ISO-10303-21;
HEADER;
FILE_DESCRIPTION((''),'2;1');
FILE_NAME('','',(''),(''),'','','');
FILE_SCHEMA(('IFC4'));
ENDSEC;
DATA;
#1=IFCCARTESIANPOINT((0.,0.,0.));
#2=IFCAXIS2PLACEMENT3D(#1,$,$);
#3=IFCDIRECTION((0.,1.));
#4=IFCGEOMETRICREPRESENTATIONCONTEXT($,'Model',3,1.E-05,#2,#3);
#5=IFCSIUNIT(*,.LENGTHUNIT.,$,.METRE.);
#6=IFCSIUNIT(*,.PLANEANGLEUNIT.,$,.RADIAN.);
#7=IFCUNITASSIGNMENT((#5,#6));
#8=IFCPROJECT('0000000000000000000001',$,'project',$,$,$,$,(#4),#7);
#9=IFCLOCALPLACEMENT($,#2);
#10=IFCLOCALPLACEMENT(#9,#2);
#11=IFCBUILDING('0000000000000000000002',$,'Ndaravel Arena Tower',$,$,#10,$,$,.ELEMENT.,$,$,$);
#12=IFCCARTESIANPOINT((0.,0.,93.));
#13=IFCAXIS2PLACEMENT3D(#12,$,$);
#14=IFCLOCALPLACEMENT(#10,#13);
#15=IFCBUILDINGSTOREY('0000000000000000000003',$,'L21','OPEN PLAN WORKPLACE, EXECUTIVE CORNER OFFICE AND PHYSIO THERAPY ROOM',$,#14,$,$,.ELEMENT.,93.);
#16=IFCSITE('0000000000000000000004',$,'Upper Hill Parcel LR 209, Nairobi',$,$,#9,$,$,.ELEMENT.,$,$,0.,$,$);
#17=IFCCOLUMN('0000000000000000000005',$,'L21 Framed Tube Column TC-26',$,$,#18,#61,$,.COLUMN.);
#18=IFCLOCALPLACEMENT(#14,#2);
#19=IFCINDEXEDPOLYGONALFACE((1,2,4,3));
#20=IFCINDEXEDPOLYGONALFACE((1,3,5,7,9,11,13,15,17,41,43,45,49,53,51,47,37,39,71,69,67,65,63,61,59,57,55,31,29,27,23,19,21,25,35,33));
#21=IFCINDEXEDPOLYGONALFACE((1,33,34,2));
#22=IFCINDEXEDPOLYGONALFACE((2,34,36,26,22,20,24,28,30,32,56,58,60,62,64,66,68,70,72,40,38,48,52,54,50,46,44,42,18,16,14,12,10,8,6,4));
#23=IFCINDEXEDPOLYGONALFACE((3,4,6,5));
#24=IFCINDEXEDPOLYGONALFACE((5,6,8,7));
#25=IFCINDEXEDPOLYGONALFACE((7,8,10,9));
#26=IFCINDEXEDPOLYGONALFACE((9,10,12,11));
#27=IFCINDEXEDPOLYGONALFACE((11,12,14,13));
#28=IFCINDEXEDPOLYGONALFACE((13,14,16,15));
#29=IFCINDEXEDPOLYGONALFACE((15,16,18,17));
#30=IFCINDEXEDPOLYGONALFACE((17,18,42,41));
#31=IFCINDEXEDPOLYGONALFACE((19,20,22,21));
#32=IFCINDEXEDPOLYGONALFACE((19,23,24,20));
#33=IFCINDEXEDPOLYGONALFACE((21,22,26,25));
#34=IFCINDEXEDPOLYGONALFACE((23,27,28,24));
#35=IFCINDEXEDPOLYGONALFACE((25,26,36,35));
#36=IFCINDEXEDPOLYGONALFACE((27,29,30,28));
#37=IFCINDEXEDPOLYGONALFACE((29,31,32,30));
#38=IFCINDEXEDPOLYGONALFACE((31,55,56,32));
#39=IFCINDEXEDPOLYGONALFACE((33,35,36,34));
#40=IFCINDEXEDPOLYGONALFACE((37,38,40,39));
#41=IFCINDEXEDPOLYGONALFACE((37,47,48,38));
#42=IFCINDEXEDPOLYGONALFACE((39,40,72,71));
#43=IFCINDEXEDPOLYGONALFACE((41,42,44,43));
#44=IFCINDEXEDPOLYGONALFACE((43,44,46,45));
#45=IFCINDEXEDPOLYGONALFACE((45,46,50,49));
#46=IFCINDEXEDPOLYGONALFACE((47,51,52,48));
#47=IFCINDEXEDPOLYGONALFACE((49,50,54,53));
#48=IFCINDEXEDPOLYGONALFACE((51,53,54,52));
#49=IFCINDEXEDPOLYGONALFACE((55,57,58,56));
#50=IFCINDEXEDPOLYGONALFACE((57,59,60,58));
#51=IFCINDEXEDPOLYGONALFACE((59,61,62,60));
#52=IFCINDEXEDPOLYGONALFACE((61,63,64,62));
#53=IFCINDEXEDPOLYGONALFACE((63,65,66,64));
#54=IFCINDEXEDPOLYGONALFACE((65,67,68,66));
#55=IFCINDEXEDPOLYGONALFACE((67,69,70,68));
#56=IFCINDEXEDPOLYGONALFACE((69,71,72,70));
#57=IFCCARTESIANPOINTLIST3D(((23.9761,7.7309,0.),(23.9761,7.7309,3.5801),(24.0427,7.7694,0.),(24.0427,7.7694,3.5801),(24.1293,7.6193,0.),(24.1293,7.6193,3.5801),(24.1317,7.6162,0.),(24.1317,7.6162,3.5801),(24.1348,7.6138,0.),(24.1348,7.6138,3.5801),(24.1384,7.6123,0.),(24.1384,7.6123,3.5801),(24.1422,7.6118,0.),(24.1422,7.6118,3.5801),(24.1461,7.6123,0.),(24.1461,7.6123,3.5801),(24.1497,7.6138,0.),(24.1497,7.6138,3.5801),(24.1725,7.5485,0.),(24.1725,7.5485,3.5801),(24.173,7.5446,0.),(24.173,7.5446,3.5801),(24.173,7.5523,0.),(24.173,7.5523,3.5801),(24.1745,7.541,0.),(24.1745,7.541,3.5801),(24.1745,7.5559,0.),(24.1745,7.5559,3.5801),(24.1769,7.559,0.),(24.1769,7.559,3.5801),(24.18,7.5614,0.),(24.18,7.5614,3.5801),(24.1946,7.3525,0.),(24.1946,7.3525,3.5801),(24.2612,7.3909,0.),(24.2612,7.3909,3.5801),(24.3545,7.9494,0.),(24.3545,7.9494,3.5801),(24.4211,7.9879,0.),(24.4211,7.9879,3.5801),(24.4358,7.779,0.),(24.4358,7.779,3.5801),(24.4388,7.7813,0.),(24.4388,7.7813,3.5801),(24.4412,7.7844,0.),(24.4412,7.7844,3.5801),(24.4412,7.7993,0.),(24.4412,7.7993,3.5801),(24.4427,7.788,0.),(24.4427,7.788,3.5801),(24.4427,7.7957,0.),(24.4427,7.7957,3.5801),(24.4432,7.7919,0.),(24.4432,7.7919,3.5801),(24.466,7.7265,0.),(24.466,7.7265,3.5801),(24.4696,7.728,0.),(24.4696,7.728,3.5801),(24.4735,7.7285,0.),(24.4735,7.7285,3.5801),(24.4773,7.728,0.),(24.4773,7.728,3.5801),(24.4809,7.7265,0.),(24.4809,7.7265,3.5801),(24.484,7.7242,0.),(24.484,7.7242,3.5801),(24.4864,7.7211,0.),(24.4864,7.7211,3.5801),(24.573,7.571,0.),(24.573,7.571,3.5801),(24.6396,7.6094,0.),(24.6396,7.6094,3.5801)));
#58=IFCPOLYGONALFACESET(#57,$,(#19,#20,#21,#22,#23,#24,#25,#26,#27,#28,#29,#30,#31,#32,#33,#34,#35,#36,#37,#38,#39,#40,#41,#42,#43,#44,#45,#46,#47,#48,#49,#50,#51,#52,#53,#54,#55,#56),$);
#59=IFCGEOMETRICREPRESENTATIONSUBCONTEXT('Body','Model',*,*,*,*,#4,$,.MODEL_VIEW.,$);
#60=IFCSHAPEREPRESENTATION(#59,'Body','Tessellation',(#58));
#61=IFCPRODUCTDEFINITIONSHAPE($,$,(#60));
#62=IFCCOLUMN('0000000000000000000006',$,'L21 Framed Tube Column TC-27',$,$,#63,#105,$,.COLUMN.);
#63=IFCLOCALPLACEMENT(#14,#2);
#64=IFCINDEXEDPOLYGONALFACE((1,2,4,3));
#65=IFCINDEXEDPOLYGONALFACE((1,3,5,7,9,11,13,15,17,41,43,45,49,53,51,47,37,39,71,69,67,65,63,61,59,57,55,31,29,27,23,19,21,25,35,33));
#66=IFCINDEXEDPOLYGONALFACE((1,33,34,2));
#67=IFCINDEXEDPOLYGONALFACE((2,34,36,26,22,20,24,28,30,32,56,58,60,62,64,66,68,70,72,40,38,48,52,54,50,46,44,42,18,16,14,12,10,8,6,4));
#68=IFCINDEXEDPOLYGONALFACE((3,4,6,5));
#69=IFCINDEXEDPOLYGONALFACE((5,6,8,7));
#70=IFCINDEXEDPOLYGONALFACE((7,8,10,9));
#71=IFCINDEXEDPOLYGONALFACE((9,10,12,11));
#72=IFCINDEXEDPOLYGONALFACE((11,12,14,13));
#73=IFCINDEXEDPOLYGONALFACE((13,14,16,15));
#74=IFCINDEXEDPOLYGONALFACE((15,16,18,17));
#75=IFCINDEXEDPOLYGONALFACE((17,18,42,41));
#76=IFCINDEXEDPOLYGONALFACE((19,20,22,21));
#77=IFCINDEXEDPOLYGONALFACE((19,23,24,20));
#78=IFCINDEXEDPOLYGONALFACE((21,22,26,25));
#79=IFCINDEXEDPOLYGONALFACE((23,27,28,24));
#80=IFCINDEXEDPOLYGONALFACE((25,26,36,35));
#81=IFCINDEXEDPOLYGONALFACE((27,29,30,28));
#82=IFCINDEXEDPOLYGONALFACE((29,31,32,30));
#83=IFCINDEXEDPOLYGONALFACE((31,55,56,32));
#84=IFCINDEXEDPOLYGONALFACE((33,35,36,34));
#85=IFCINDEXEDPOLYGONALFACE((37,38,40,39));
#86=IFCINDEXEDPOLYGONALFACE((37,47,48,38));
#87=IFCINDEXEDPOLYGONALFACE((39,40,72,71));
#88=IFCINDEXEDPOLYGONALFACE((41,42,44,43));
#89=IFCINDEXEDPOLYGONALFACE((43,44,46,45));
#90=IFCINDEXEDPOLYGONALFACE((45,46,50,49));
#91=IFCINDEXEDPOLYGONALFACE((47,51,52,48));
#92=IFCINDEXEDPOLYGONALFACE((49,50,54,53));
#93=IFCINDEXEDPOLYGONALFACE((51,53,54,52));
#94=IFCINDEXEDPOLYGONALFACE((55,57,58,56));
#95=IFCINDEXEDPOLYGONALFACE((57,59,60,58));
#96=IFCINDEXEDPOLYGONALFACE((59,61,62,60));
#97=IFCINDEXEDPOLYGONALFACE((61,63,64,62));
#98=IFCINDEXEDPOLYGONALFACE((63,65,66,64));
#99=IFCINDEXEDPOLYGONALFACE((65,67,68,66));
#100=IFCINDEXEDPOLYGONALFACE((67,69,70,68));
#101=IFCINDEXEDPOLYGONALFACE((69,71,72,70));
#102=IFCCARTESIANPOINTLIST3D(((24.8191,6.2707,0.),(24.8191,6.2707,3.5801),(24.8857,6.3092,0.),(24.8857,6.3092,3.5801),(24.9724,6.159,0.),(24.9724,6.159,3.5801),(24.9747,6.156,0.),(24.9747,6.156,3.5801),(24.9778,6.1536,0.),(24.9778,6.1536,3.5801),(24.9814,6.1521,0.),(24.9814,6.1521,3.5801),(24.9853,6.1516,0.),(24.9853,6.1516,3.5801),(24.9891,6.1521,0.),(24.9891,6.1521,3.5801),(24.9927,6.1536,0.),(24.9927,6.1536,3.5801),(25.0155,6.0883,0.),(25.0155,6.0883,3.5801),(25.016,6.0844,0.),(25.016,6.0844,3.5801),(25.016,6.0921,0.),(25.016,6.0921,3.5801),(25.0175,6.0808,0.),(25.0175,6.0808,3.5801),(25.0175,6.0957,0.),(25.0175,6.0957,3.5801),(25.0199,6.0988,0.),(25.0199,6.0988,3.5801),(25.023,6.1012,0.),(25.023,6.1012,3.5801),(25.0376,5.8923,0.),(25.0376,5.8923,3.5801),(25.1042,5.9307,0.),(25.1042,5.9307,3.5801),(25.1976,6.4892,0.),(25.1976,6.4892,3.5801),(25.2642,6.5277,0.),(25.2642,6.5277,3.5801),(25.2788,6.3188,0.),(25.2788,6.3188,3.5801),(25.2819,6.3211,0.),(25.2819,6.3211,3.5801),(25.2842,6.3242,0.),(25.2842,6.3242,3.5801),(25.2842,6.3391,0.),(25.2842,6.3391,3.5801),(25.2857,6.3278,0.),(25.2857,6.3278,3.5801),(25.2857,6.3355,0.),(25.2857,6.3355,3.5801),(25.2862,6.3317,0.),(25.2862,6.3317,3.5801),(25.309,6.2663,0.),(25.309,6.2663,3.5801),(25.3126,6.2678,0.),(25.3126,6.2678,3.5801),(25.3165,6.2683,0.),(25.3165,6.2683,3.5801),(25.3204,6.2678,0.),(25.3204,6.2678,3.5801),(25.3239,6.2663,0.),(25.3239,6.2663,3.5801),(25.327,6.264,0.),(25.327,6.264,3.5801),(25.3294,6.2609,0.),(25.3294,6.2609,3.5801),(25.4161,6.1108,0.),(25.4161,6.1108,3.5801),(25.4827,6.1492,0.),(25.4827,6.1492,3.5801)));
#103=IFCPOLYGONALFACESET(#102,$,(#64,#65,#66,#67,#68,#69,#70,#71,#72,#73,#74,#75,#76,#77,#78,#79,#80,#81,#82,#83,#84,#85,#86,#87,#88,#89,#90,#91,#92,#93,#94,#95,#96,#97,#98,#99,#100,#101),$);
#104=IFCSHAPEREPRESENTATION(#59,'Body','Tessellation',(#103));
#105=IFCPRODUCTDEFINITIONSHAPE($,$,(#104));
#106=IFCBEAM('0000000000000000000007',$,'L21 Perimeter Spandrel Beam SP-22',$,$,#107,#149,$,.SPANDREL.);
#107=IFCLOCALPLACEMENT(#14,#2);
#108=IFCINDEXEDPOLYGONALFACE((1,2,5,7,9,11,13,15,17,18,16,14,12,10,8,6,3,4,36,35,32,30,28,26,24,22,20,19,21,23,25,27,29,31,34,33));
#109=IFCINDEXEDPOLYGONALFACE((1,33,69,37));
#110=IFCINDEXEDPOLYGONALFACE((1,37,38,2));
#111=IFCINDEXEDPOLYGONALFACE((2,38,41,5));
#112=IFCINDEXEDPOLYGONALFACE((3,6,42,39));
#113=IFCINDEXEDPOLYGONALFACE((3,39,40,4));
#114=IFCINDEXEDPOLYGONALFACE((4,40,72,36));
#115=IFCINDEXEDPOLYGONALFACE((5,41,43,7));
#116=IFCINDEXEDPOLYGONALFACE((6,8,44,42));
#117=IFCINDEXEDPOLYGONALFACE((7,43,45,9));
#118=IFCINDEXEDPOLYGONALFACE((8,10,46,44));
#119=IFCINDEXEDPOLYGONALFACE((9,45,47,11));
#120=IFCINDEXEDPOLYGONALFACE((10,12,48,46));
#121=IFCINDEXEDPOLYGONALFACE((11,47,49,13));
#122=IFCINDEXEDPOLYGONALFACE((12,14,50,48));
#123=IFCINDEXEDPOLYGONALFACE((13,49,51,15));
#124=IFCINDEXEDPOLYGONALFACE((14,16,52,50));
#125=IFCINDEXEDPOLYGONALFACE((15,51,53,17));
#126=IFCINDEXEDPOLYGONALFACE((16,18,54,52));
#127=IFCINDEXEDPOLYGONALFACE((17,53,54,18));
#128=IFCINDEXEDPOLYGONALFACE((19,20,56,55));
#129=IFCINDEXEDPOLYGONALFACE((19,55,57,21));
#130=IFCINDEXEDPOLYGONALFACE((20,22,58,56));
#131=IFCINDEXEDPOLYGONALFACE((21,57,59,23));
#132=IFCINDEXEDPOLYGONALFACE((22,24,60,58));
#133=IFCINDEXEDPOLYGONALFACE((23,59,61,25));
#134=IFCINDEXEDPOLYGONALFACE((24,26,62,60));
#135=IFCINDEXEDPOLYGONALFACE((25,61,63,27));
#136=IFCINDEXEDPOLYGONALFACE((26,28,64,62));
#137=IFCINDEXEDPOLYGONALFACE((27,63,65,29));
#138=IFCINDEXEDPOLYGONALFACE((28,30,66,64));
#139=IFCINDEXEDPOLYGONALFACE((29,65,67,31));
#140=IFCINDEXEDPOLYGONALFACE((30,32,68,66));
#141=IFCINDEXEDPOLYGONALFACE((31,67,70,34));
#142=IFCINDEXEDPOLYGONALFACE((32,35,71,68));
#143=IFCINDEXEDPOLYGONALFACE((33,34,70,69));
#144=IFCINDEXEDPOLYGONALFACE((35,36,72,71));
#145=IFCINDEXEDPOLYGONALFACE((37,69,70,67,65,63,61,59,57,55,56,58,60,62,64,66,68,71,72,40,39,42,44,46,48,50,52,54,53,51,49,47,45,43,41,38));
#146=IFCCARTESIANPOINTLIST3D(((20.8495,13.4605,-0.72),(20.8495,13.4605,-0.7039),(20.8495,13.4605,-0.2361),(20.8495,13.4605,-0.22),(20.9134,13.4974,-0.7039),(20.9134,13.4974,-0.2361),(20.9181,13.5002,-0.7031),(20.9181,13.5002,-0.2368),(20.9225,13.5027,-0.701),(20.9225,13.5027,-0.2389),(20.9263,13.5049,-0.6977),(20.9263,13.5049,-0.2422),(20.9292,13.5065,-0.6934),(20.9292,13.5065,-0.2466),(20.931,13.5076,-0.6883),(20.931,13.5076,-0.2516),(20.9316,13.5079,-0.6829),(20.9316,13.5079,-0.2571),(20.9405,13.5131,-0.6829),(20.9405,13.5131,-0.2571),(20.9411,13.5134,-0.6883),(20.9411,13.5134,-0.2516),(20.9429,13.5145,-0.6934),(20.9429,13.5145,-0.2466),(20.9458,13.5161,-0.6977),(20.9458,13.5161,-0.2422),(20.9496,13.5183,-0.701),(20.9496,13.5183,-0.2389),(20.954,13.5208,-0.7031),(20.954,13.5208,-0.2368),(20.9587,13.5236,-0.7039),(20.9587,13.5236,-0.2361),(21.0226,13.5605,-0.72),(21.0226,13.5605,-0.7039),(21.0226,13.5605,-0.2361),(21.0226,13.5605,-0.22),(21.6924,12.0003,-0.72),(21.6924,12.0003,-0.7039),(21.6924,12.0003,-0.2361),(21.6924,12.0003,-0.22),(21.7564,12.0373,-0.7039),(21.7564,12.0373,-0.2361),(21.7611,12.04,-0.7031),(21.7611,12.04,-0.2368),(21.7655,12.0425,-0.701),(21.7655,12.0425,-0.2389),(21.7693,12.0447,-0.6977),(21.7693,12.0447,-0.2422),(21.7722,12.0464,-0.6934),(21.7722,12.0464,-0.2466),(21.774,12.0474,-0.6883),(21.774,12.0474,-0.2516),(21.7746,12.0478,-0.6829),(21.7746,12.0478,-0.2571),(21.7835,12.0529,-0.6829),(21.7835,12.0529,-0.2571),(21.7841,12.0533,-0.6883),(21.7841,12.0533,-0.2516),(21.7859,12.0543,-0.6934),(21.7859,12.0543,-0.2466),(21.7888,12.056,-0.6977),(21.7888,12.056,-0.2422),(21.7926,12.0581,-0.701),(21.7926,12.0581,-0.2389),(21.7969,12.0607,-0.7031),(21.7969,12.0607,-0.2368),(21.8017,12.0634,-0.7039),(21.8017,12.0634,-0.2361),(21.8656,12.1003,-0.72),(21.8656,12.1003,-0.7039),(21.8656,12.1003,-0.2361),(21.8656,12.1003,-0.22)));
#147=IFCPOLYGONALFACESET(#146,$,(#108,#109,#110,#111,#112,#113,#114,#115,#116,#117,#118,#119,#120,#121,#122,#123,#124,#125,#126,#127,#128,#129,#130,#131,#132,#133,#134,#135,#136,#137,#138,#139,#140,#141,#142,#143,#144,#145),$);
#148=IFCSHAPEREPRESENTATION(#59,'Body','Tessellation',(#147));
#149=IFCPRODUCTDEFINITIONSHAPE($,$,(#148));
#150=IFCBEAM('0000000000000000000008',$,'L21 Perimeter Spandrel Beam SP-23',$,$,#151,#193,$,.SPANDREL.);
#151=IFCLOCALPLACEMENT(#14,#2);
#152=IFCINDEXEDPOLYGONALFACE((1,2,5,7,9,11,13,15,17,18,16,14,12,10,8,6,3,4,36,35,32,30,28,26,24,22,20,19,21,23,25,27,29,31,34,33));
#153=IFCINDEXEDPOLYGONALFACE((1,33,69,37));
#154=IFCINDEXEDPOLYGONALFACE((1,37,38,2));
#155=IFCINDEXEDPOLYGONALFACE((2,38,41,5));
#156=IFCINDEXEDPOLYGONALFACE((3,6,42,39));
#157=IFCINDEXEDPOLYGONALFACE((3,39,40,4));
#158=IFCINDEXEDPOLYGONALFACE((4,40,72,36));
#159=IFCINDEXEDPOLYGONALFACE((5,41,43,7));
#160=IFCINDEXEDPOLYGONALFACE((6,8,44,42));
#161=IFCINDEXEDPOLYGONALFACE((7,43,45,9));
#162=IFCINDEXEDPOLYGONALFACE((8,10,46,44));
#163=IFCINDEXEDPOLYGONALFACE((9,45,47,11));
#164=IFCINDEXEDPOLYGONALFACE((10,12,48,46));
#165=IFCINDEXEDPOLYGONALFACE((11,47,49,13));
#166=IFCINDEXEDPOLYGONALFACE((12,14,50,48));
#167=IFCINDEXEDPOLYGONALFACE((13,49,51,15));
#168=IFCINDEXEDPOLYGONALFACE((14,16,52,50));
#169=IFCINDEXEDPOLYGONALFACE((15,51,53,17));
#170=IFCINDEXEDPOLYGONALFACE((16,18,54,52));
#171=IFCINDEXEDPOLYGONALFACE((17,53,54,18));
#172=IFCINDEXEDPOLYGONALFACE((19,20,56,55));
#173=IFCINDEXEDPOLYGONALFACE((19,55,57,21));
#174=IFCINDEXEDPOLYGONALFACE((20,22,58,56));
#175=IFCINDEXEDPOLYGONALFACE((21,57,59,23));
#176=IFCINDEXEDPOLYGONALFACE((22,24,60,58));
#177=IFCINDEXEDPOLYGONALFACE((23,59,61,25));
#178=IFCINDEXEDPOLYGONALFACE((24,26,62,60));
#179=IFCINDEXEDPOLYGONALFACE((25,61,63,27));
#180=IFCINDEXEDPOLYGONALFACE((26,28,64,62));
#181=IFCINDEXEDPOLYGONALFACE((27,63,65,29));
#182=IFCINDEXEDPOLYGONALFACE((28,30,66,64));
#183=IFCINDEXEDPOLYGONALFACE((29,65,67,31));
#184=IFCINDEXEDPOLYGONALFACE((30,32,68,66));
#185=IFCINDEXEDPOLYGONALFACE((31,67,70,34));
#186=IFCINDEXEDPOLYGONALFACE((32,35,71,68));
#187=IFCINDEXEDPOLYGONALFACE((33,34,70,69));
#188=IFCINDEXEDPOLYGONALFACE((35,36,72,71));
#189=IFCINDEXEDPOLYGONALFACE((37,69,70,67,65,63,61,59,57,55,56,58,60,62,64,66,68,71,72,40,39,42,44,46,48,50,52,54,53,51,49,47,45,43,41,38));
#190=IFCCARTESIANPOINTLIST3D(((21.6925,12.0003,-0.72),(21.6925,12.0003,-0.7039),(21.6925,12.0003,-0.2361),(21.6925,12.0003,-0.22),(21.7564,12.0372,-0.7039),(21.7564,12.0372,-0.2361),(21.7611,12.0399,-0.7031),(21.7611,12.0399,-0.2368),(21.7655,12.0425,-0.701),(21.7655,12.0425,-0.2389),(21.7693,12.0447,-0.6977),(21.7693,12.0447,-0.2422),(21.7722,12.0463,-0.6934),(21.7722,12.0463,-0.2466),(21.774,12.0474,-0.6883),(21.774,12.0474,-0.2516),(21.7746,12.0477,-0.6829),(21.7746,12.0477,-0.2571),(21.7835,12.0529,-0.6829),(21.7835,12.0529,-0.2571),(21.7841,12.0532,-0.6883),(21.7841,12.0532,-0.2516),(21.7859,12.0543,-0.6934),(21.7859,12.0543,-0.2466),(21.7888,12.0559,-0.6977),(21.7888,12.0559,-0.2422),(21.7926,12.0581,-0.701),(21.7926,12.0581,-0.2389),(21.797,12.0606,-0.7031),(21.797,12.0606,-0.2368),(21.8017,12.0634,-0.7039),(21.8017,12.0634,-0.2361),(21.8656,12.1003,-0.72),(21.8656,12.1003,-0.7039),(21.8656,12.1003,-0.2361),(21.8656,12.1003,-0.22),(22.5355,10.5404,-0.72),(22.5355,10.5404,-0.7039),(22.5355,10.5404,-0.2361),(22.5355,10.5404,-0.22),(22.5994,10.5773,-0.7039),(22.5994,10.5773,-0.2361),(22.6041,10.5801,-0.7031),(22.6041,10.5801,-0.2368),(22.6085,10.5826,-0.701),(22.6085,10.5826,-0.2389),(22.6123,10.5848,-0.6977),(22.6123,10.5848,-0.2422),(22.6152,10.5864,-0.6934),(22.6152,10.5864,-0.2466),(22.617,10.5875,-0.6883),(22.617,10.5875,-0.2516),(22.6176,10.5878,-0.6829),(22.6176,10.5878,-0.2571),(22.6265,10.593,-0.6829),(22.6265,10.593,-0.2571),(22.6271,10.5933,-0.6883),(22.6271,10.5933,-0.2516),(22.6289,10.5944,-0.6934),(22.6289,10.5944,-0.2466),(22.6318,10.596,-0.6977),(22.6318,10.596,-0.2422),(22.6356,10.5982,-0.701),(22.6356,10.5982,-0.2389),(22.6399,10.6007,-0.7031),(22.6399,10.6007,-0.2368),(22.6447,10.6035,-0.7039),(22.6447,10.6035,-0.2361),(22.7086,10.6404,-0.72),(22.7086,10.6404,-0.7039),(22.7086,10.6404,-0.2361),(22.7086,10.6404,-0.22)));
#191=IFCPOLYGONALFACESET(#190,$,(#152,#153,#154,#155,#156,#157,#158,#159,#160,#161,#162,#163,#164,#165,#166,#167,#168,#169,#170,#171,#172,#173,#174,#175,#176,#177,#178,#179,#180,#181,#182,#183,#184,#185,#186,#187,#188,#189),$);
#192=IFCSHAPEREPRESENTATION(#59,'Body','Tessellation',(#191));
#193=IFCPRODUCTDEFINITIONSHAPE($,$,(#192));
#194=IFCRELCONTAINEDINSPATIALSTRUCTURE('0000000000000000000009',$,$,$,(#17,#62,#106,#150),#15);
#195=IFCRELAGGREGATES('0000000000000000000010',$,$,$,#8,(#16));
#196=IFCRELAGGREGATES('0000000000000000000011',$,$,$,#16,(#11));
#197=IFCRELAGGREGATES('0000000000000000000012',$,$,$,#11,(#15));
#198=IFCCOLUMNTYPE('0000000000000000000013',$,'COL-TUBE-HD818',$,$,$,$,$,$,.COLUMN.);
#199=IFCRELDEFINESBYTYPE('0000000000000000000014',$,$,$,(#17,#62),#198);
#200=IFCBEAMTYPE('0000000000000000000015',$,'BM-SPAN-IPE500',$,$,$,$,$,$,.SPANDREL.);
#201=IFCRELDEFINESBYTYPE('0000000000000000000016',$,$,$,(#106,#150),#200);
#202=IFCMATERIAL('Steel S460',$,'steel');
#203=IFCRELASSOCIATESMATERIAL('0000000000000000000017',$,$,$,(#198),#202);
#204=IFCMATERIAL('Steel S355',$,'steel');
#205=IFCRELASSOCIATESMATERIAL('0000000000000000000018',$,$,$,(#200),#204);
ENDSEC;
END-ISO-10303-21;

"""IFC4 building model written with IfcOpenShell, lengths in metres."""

from ifc_helpers import new_model, si_unit, direction, frame, origin, origin_2d, place, context, subcontext, project, spatial, i_section, extrude, material, material_profile, profile_set, type_object, element, save


model = new_model("IFC4")

# Units and contexts
model_context = context("Model", 3, precision=1e-05, world=origin(), true_north=direction((0.0, 1.0)))
body_context = subcontext(model_context, "Body", "Model", "MODEL_VIEW")
ifc_project = project(units=[si_unit("LENGTHUNIT", "METRE"), si_unit("PLANEANGLEUNIT", "RADIAN")], contexts=[model_context])

# Site, building, storey
site_placement = place(None, origin())
site = spatial("IfcSite", under=ifc_project, at=site_placement, Name="Upper Hill Parcel LR 209, Nairobi", CompositionType="ELEMENT", RefElevation=0.0)
building_placement = place(site_placement, origin())
building = spatial("IfcBuilding", under=site, at=building_placement, Name="Ndaravel Arena Tower", CompositionType="ELEMENT")
storey_placement = place(building_placement, frame((0.0, 0.0, 93.0)))
storey = spatial("IfcBuildingStorey", under=building, at=storey_placement, Name="L21", Description="OPEN PLAN WORKPLACE, EXECUTIVE CORNER OFFICE AND PHYSIO THERAPY ROOM", CompositionType="ELEMENT", Elevation=93.0)

# Columns
ifc_material_1 = material(Name="Steel S460", Category="steel")
ifc_material_profile_1 = material_profile(ifc_material_1, i_section(OverallWidth=0.437, OverallDepth=0.5139, WebThickness=0.0605, FlangeThickness=0.0769, FilletRadius=0.0149, at=origin_2d()), Name="HD 400x818")
ifc_profile_set_1 = profile_set([ifc_material_profile_1], Name="Steel S460")
column_type = type_object("IfcColumnType", Name="COL-TUBE-HD818", PredefinedType="COLUMN", material=ifc_profile_set_1)
for number, where, z_axis, x_axis, name in (
    (1, (24.3079, 7.6702, 0.0), (0.0, 0.0, 1.0), (-0.5, 0.866025, 0.0), "L21 Framed Tube Column TC-26"),
    (2, (25.1509, 6.21, 0.0), (0.0, 0.0, 1.0), (-0.5, 0.866025, 0.0), "L21 Framed Tube Column TC-27"),
):
    element("IfcColumn", number, at=place(storey_placement, frame(where, z_axis=z_axis, x_axis=x_axis)), inside=storey, type_object=column_type, Name=name, PredefinedType="COLUMN", context=body_context, shape_type="SweptSolid", body=[
        extrude(i_section(OverallWidth=0.437, OverallDepth=0.5139, WebThickness=0.0605, FlangeThickness=0.0769, FilletRadius=0.0149, at=origin_2d()), origin(), (0.0, 0.0, 1.0), 3.5801),
    ])

# Beams
ifc_material_2 = material(Name="Steel S355", Category="steel")
ifc_material_profile_2 = material_profile(ifc_material_2, i_section(OverallWidth=0.2, OverallDepth=0.5, WebThickness=0.0103, FlangeThickness=0.0161, FilletRadius=0.021, at=origin_2d()), Name="IPE 500")
ifc_profile_set_2 = profile_set([ifc_material_profile_2], Name="Steel S355")
beam_type = type_object("IfcBeamType", Name="BM-SPAN-IPE500", PredefinedType="SPANDREL", material=ifc_profile_set_2)
beam_1_placement = place(storey_placement, frame((20.936, 13.5105, -0.47), z_axis=(0.499986, -0.866034, 0.0), x_axis=(0.866034, 0.499986, 0.0)))
element("IfcBeam", 3, at=beam_1_placement, inside=storey, type_object=beam_type, Name="L21 Perimeter Spandrel Beam SP-22", PredefinedType="SPANDREL", context=body_context, shape_type="SweptSolid", body=[
    extrude(i_section(OverallWidth=0.2, OverallDepth=0.5, WebThickness=0.0103, FlangeThickness=0.0161, FilletRadius=0.021, at=origin_2d()), origin(), (0.0, 0.0, 1.0), 1.686),
])
beam_2_placement = place(storey_placement, frame((21.7791, 12.0503, -0.47), z_axis=(0.500048, -0.865997, 0.0), x_axis=(0.865997, 0.500048, 0.0)))
element("IfcBeam", 4, at=beam_2_placement, inside=storey, type_object=beam_type, Name="L21 Perimeter Spandrel Beam SP-23", PredefinedType="SPANDREL", context=body_context, shape_type="SweptSolid", body=[
    extrude(i_section(OverallWidth=0.2, OverallDepth=0.5, WebThickness=0.0103, FlangeThickness=0.0161, FilletRadius=0.021, at=origin_2d()), origin(), (0.0, 0.0, 1.0), 1.6858),
])

save(model, "model.ifc")
